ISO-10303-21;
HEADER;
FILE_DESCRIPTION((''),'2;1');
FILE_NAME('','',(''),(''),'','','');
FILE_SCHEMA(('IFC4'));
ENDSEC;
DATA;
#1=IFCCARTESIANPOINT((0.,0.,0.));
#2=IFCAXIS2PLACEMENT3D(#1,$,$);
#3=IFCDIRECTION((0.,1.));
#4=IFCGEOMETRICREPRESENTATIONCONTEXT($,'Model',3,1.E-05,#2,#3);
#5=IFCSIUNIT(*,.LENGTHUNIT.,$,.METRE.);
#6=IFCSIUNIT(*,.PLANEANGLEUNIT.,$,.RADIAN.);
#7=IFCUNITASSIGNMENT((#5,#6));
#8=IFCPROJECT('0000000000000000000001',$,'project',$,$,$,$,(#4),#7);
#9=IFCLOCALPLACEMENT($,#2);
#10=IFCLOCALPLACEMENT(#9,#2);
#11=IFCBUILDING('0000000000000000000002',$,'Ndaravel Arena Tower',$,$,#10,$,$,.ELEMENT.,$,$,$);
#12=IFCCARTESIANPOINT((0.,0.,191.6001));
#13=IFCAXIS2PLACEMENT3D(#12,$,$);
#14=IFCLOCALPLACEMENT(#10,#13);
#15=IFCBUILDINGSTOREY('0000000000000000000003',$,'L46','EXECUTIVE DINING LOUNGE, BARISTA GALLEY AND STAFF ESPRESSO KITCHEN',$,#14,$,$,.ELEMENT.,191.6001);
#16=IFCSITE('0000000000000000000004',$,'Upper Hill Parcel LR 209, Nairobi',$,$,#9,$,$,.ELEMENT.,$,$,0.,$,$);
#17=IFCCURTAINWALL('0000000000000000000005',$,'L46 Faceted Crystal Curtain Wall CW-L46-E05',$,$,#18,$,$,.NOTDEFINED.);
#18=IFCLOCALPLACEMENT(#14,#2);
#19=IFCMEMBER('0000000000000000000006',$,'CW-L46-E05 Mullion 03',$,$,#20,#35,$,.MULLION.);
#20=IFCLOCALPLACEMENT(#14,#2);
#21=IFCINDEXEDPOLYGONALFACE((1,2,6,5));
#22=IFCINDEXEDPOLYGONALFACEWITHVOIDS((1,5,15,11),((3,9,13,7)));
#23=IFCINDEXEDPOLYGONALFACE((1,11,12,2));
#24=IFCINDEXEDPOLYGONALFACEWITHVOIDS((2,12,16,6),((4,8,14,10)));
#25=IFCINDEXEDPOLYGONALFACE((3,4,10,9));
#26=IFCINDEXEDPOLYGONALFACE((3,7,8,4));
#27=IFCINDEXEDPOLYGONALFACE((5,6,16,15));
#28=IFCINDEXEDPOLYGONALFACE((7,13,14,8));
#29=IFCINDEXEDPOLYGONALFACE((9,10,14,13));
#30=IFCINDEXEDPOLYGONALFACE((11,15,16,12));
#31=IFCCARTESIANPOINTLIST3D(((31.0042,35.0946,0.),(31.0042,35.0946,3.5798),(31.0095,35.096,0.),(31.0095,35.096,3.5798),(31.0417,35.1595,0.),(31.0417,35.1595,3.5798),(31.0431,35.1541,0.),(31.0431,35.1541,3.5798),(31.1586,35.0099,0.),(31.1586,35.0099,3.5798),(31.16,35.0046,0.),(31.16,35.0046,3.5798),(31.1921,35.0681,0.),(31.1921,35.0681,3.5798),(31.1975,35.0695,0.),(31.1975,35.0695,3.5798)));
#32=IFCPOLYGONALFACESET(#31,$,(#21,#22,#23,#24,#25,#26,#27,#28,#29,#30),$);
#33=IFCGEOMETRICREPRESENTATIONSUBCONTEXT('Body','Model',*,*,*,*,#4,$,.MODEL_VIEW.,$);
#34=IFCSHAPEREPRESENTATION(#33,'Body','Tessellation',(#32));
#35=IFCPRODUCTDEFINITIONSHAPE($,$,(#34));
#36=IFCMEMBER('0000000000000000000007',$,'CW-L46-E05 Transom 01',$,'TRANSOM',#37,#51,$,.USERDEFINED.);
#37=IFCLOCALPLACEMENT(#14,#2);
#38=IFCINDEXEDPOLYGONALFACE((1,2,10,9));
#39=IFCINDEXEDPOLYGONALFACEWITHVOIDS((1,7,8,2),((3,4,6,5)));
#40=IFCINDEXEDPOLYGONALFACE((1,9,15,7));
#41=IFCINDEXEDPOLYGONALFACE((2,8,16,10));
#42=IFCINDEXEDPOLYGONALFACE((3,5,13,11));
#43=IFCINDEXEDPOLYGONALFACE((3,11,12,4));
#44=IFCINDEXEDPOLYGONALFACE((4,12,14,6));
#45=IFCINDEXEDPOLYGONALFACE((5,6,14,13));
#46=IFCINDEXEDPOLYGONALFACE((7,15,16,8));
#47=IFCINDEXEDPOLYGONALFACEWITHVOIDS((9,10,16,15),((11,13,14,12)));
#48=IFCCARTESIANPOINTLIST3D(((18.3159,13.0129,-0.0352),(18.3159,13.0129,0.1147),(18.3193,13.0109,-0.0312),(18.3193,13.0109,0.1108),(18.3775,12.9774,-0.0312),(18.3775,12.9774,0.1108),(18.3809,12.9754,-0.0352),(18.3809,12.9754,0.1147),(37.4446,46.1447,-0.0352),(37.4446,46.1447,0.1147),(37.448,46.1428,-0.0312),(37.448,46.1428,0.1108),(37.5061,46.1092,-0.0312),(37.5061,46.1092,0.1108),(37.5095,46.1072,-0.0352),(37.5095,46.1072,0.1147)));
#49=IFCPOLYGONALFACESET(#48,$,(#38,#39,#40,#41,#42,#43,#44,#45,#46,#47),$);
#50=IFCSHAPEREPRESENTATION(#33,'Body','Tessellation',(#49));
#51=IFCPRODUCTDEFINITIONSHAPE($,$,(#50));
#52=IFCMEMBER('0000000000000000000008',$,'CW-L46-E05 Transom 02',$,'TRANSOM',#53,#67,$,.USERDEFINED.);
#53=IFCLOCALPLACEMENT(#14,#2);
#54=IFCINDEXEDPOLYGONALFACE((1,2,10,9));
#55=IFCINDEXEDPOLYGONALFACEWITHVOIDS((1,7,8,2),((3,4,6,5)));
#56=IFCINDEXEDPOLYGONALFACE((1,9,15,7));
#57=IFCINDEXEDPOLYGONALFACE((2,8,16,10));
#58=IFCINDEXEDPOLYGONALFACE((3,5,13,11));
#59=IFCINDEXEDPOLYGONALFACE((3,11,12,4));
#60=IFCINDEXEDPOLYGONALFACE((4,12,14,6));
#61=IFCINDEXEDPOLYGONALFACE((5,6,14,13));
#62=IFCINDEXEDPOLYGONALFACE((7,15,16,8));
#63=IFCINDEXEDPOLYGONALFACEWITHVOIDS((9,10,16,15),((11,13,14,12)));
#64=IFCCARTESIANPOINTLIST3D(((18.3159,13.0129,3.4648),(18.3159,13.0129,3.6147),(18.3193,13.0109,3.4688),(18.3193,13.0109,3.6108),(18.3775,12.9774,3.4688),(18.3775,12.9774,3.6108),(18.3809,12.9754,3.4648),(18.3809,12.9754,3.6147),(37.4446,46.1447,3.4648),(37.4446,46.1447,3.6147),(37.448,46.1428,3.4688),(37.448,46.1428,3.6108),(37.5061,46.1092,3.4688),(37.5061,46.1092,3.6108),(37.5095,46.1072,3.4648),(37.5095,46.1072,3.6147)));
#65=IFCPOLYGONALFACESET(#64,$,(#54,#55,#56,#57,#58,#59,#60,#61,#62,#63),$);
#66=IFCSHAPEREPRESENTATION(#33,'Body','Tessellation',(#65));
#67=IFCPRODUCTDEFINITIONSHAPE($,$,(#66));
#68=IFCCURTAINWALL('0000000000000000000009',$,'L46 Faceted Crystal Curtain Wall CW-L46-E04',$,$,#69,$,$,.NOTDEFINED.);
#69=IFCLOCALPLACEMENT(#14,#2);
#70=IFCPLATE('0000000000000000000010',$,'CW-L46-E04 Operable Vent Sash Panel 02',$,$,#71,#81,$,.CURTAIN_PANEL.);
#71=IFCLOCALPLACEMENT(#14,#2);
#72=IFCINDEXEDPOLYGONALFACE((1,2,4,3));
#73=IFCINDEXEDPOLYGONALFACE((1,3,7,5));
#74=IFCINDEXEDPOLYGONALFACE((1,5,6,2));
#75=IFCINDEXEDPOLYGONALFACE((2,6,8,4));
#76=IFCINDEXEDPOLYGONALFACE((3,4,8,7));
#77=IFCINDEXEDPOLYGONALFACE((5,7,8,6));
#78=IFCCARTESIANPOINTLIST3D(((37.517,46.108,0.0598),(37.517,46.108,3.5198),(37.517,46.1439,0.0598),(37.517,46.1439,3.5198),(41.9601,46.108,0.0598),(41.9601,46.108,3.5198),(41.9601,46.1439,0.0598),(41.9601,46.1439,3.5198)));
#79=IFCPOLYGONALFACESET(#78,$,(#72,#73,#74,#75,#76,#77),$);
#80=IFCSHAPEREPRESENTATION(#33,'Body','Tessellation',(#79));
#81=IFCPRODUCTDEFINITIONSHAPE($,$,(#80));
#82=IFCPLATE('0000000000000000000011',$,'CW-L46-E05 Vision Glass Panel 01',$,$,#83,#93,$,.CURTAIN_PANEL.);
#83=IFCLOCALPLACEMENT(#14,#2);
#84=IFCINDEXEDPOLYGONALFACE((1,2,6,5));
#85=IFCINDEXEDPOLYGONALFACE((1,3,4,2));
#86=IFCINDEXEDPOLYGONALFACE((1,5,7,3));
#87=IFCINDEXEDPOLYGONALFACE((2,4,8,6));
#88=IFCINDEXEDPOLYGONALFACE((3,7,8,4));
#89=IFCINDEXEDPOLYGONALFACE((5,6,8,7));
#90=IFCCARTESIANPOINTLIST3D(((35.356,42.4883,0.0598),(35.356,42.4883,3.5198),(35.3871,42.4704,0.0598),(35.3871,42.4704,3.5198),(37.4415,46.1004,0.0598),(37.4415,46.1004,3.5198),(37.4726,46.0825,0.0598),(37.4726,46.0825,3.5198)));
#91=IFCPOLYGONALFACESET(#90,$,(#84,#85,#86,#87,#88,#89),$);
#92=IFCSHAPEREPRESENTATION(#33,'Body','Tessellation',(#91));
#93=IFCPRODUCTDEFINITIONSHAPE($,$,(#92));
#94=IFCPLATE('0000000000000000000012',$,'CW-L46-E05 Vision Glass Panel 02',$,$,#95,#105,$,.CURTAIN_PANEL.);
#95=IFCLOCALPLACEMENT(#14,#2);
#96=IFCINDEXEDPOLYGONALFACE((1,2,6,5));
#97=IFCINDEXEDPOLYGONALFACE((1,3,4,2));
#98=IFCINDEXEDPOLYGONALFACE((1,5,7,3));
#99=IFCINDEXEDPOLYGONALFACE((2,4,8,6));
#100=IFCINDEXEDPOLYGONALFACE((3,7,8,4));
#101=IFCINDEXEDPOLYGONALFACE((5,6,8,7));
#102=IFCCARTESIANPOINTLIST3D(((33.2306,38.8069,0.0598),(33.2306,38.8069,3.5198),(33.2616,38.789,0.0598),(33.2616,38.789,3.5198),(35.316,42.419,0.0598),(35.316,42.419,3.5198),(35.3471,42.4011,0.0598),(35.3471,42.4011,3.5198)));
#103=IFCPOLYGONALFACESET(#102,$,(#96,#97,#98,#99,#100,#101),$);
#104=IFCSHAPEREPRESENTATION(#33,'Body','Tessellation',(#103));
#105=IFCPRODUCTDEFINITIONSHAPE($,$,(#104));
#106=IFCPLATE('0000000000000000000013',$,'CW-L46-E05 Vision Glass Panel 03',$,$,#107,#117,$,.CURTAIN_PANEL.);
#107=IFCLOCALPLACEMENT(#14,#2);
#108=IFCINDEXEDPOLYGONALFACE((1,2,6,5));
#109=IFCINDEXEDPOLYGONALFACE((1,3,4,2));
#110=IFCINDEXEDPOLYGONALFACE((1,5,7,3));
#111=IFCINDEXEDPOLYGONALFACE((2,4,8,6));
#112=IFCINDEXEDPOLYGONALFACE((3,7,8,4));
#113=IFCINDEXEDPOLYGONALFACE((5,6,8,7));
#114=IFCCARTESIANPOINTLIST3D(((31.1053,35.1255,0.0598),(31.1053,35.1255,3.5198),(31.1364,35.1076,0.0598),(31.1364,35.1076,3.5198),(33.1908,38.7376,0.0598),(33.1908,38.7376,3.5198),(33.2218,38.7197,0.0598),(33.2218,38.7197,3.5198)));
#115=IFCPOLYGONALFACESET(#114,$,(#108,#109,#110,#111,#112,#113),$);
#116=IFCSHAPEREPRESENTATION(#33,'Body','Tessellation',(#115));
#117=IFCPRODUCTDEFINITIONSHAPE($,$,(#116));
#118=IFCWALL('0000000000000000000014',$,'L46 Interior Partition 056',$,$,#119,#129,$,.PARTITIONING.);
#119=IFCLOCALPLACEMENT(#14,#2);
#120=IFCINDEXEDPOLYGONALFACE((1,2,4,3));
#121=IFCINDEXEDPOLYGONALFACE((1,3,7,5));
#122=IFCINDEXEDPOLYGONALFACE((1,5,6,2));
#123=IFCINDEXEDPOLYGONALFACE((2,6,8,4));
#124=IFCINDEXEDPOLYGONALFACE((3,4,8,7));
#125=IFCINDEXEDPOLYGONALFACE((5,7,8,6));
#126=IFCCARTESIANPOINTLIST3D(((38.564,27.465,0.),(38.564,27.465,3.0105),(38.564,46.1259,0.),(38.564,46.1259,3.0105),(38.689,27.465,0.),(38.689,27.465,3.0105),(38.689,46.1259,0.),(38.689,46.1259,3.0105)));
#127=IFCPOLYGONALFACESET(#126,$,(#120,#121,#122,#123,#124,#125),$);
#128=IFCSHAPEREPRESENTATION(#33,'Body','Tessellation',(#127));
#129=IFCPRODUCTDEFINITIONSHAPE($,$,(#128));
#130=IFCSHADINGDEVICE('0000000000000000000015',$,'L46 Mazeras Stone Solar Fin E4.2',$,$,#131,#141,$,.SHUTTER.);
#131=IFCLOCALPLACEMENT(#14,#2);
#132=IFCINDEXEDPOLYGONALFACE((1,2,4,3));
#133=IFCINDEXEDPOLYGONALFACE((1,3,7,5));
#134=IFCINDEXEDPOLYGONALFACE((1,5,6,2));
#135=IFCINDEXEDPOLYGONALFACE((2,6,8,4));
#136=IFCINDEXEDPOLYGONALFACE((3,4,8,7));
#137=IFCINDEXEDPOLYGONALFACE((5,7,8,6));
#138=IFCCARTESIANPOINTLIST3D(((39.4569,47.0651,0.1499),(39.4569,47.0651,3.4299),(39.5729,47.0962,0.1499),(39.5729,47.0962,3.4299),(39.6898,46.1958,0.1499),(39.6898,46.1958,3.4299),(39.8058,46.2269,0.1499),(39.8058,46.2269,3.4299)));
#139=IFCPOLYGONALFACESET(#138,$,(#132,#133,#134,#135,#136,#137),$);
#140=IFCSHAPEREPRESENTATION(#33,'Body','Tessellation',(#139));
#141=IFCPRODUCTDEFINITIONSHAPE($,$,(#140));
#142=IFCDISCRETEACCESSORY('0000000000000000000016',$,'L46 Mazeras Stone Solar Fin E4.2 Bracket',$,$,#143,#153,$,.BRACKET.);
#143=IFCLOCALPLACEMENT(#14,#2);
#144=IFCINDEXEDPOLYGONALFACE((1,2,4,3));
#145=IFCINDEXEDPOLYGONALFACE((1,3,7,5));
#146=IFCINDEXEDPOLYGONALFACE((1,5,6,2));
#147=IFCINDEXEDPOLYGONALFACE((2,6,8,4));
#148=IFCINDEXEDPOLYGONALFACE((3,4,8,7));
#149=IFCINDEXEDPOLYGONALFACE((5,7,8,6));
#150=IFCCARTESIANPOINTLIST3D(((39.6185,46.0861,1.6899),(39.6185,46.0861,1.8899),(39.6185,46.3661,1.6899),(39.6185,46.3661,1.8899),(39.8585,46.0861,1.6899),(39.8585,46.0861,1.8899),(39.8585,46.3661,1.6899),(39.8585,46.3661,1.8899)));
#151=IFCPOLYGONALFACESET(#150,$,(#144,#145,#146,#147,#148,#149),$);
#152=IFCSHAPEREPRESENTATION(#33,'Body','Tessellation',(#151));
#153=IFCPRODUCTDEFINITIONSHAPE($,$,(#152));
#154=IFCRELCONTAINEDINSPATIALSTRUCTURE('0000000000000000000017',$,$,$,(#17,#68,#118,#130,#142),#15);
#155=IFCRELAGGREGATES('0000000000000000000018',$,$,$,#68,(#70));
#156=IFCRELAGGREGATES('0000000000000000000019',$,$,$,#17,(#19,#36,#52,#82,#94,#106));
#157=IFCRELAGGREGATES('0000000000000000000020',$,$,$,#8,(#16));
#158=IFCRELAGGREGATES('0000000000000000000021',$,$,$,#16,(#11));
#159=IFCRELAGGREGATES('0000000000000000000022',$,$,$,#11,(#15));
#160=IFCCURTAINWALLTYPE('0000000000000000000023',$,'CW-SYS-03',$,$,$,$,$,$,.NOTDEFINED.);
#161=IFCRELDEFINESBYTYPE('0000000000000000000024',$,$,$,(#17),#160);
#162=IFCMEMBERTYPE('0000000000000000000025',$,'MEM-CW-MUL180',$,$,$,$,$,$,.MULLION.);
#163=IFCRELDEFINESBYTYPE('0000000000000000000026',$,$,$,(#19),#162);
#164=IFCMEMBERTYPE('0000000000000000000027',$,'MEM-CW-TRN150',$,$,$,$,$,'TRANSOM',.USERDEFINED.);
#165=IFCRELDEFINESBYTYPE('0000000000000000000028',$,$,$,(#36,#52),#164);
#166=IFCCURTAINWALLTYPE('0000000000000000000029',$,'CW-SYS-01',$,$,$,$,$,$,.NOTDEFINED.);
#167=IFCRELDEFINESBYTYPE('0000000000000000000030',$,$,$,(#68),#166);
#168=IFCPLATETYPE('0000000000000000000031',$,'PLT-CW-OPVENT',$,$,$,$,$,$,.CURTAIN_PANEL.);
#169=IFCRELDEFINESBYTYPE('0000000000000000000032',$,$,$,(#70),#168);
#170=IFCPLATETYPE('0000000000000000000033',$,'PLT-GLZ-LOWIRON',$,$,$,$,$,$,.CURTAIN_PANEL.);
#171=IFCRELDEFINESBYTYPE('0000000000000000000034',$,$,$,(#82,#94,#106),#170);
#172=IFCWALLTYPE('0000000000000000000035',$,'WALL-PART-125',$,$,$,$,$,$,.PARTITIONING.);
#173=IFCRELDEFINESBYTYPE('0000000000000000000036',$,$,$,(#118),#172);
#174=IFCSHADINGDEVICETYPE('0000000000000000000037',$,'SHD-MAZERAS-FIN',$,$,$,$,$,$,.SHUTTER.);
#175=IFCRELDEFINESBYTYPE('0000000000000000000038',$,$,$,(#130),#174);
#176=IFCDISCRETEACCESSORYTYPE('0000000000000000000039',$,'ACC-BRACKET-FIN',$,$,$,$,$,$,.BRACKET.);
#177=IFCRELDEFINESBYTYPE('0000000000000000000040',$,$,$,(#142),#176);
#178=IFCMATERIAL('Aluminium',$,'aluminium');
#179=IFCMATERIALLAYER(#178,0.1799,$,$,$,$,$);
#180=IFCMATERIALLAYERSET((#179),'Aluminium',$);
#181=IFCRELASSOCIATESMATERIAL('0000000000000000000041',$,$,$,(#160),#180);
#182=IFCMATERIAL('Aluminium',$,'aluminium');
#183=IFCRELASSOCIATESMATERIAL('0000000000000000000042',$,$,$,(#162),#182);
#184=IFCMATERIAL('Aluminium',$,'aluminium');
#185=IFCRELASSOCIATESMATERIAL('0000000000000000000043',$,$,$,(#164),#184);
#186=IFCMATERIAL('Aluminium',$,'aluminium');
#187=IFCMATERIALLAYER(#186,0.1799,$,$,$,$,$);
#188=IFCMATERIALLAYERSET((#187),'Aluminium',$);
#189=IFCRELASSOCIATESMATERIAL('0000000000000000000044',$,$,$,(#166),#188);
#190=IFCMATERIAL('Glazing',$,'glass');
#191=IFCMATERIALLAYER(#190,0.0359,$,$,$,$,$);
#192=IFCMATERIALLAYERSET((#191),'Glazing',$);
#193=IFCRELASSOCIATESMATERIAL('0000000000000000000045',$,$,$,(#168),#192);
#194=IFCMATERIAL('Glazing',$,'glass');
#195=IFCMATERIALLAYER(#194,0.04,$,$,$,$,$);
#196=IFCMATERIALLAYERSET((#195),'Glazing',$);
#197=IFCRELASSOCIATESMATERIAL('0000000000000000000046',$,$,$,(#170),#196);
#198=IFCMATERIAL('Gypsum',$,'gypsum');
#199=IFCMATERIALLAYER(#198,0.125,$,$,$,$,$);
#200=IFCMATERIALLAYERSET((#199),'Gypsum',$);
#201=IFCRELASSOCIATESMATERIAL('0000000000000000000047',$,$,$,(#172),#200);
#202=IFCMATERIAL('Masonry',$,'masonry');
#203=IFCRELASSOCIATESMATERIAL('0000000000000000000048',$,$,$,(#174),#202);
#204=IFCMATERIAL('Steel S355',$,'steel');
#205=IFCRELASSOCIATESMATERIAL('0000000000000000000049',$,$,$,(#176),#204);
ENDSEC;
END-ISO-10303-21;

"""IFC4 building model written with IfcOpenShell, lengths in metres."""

from ifc_helpers import new_model, si_unit, direction, frame, frame_2d, origin, origin_2d, place, context, subcontext, project, spatial, rectangle, hollow_rectangle, extrude, material, layer, layer_set, material_profile, profile_set, type_object, element, aggregate, save


model = new_model("IFC4")

# Units and contexts
model_context = context("Model", 3, precision=1e-05, world=origin(), true_north=direction((0.0, 1.0)))
body_context = subcontext(model_context, "Body", "Model", "MODEL_VIEW")
ifc_project = project(units=[si_unit("LENGTHUNIT", "METRE"), si_unit("PLANEANGLEUNIT", "RADIAN")], contexts=[model_context])

# Site, building, storey
site_placement = place(None, origin())
site = spatial("IfcSite", under=ifc_project, at=site_placement, Name="Upper Hill Parcel LR 209, Nairobi", CompositionType="ELEMENT", RefElevation=0.0)
building_placement = place(site_placement, origin())
building = spatial("IfcBuilding", under=site, at=building_placement, Name="Ndaravel Arena Tower", CompositionType="ELEMENT")
storey_placement = place(building_placement, frame((0.0, 0.0, 191.6001)))
storey = spatial("IfcBuildingStorey", under=building, at=storey_placement, Name="L46", Description="EXECUTIVE DINING LOUNGE, BARISTA GALLEY AND STAFF ESPRESSO KITCHEN", CompositionType="ELEMENT", Elevation=191.6001)

# Curtain wall, members
ifc_material_1 = material(Name="Aluminium", Category="aluminium")
ifc_layer_1 = layer(ifc_material_1, 0.1799)
ifc_layer_set_1 = layer_set([ifc_layer_1], Name="Aluminium")
curtain_wall_type_1 = type_object("IfcCurtainWallType", Name="CW-SYS-03", PredefinedType="NOTDEFINED", material=ifc_layer_set_1)
curtain_wall_1_placement = place(storey_placement, origin())
curtain_wall_1 = element("IfcCurtainWall", 1, at=curtain_wall_1_placement, inside=storey, type_object=curtain_wall_type_1, Name="L46 Faceted Crystal Curtain Wall CW-L46-E05", PredefinedType="NOTDEFINED")
ifc_material_2 = material(Name="Aluminium", Category="aluminium")
ifc_material_profile_1 = material_profile(ifc_material_2, hollow_rectangle(XDim=0.075, YDim=0.1799, WallThickness=0.0039, at=origin_2d()), Name="CW MULLION 75x180x4")
ifc_profile_set_1 = profile_set([ifc_material_profile_1], Name="Aluminium")
member_type_1 = type_object("IfcMemberType", Name="MEM-CW-MUL180", PredefinedType="MULLION", material=ifc_profile_set_1)
member_1_placement = place(storey_placement, frame((31.1008, 35.082, 0.0), z_axis=(0.0, 0.0, 1.0), x_axis=(-0.5, -0.866025, 0.0)))
member_1 = element("IfcMember", 2, at=member_1_placement, type_object=member_type_1, Name="CW-L46-E05 Mullion 03", PredefinedType="MULLION", context=body_context, shape_type="SweptSolid", body=[
    extrude(hollow_rectangle(XDim=0.075, YDim=0.1799, WallThickness=0.0039, at=origin_2d()), origin(), (0.0, 0.0, 1.0), 3.5798),
])
ifc_material_3 = material(Name="Aluminium", Category="aluminium")
ifc_material_profile_2 = material_profile(ifc_material_3, hollow_rectangle(XDim=0.075, YDim=0.1499, WallThickness=0.0039, at=origin_2d()), Name="CW TRANSOM 75x150x4")
ifc_profile_set_2 = profile_set([ifc_material_profile_2], Name="Aluminium")
member_type_2 = type_object("IfcMemberType", Name="MEM-CW-TRN150", ElementType="TRANSOM", PredefinedType="USERDEFINED", material=ifc_profile_set_2)
member_2_placement = place(storey_placement, frame((37.4771, 46.126, 0.0398), z_axis=(-0.5, -0.866026, 0.0), x_axis=(0.866026, -0.5, 0.0)))
member_2 = element("IfcMember", 3, at=member_2_placement, type_object=member_type_2, Name="CW-L46-E05 Transom 01", ObjectType="TRANSOM", PredefinedType="USERDEFINED", context=body_context, shape_type="SweptSolid", body=[
    extrude(hollow_rectangle(XDim=0.075, YDim=0.1499, WallThickness=0.0039, at=origin_2d()), origin(), (0.0, 0.0, 1.0), 38.2573),
])
member_3_placement = place(storey_placement, frame((37.4771, 46.126, 3.5398), z_axis=(-0.5, -0.866026, 0.0), x_axis=(0.866026, -0.5, 0.0)))
member_3 = element("IfcMember", 4, at=member_3_placement, type_object=member_type_2, Name="CW-L46-E05 Transom 02", ObjectType="TRANSOM", PredefinedType="USERDEFINED", context=body_context, shape_type="SweptSolid", body=[
    extrude(hollow_rectangle(XDim=0.075, YDim=0.1499, WallThickness=0.0039, at=origin_2d()), origin(), (0.0, 0.0, 1.0), 38.2573),
])

# Curtain wall, plate
ifc_material_4 = material(Name="Aluminium", Category="aluminium")
ifc_layer_2 = layer(ifc_material_4, 0.1799)
ifc_layer_set_2 = layer_set([ifc_layer_2], Name="Aluminium")
curtain_wall_type_2 = type_object("IfcCurtainWallType", Name="CW-SYS-01", PredefinedType="NOTDEFINED", material=ifc_layer_set_2)
curtain_wall_2_placement = place(storey_placement, origin())
curtain_wall_2 = element("IfcCurtainWall", 5, at=curtain_wall_2_placement, inside=storey, type_object=curtain_wall_type_2, Name="L46 Faceted Crystal Curtain Wall CW-L46-E04", PredefinedType="NOTDEFINED")
ifc_material_5 = material(Name="Glazing", Category="glass")
ifc_layer_3 = layer(ifc_material_5, 0.0359)
ifc_layer_set_3 = layer_set([ifc_layer_3], Name="Glazing")
plate_type_1 = type_object("IfcPlateType", Name="PLT-CW-OPVENT", PredefinedType="CURTAIN_PANEL", material=ifc_layer_set_3)
plate_1_placement = place(storey_placement, frame((39.7385, 46.126, 0.0598), z_axis=(0.0, 0.0, 1.0), x_axis=(-1.0, 0.0, 0.0)))
plate_1 = element("IfcPlate", 6, at=plate_1_placement, type_object=plate_type_1, Name="CW-L46-E04 Operable Vent Sash Panel 02", PredefinedType="CURTAIN_PANEL", context=body_context, shape_type="SweptSolid", body=[
    extrude(rectangle(XDim=4.4431, YDim=0.0359, at=origin_2d()), origin(), (0.0, 0.0, 1.0), 3.46),
])
aggregate(curtain_wall_2, [plate_1])

# Plates
ifc_material_6 = material(Name="Glazing", Category="glass")
ifc_layer_4 = layer(ifc_material_6, 0.04)
ifc_layer_set_4 = layer_set([ifc_layer_4], Name="Glazing")
plate_type_2 = type_object("IfcPlateType", Name="PLT-GLZ-LOWIRON", PredefinedType="CURTAIN_PANEL", material=ifc_layer_set_4)
plate_2_placement = place(storey_placement, frame((36.4143, 44.2854, 0.0598), z_axis=(0.0, 0.0, 1.0), x_axis=(-0.5, -0.866025, 0.0)))
plate_2 = element("IfcPlate", 7, at=plate_2_placement, type_object=plate_type_2, Name="CW-L46-E05 Vision Glass Panel 01", PredefinedType="CURTAIN_PANEL", context=body_context, shape_type="SweptSolid", body=[
    extrude(rectangle(XDim=4.1709, YDim=0.0359, at=origin_2d()), origin(), (0.0, 0.0, 1.0), 3.46),
])
plate_3_placement = place(storey_placement, frame((34.2888, 40.604, 0.0598), z_axis=(0.0, 0.0, 1.0), x_axis=(-0.5, -0.866025, 0.0)))
plate_3 = element("IfcPlate", 8, at=plate_3_placement, type_object=plate_type_2, Name="CW-L46-E05 Vision Glass Panel 02", PredefinedType="CURTAIN_PANEL", context=body_context, shape_type="SweptSolid", body=[
    extrude(rectangle(XDim=4.1709, YDim=0.0359, at=origin_2d()), origin(), (0.0, 0.0, 1.0), 3.46),
])
plate_4_placement = place(storey_placement, frame((32.1636, 36.9226, 0.0598), z_axis=(0.0, 0.0, 1.0), x_axis=(-0.5, -0.866025, 0.0)))
plate_4 = element("IfcPlate", 9, at=plate_4_placement, type_object=plate_type_2, Name="CW-L46-E05 Vision Glass Panel 03", PredefinedType="CURTAIN_PANEL", context=body_context, shape_type="SweptSolid", body=[
    extrude(rectangle(XDim=4.1709, YDim=0.0359, at=origin_2d()), origin(), (0.0, 0.0, 1.0), 3.46),
])
aggregate(curtain_wall_1, [member_1, member_2, member_3, plate_2, plate_3, plate_4])

# Wall
ifc_material_7 = material(Name="Gypsum", Category="gypsum")
ifc_layer_5 = layer(ifc_material_7, 0.125)
ifc_layer_set_5 = layer_set([ifc_layer_5], Name="Gypsum")
wall_type = type_object("IfcWallType", Name="WALL-PART-125", PredefinedType="PARTITIONING", material=ifc_layer_set_5)
wall_placement = place(storey_placement, frame((38.6265, 46.126, 0.0), z_axis=(0.0, 0.0, 1.0), x_axis=(0.0, -1.0, 0.0)))
element("IfcWall", 10, at=wall_placement, inside=storey, type_object=wall_type, Name="L46 Interior Partition 056", PredefinedType="PARTITIONING", context=body_context, shape_type="SweptSolid", body=[
    extrude(rectangle(XDim=18.6609, YDim=0.125, at=frame_2d((9.3306, 0.0))), origin(), (0.0, 0.0, 1.0), 3.0105),
])

# Shading device
ifc_material_8 = material(Name="Masonry", Category="masonry")
shading_device_type = type_object("IfcShadingDeviceType", Name="SHD-MAZERAS-FIN", PredefinedType="SHUTTER", material=ifc_material_8)
shading_device_placement = place(storey_placement, frame((39.6313, 46.646, 0.1499), z_axis=(0.0, 0.0, 1.0), x_axis=(-0.258819, 0.965926, 0.0)))
element("IfcShadingDevice", 11, at=shading_device_placement, inside=storey, type_object=shading_device_type, Name="L46 Mazeras Stone Solar Fin E4.2", PredefinedType="SHUTTER", context=body_context, shape_type="SweptSolid", body=[
    extrude(rectangle(XDim=0.8999, YDim=0.1201, at=origin_2d()), origin(), (0.0, 0.0, 1.0), 3.28),
])

# Discrete accessory
ifc_material_9 = material(Name="Steel S355", Category="steel")
discrete_accessory_type = type_object("IfcDiscreteAccessoryType", Name="ACC-BRACKET-FIN", PredefinedType="BRACKET", material=ifc_material_9)
discrete_accessory_placement = place(storey_placement, frame((39.7385, 46.2261, 1.6899), z_axis=(0.0, 0.0, 1.0), x_axis=(0.0, 1.0, 0.0)))
element("IfcDiscreteAccessory", 12, at=discrete_accessory_placement, inside=storey, type_object=discrete_accessory_type, Name="L46 Mazeras Stone Solar Fin E4.2 Bracket", PredefinedType="BRACKET", context=body_context, shape_type="SweptSolid", body=[
    extrude(rectangle(XDim=0.28, YDim=0.24, at=origin_2d()), origin(), (0.0, 0.0, 1.0), 0.2),
])

save(model, "model.ifc")
